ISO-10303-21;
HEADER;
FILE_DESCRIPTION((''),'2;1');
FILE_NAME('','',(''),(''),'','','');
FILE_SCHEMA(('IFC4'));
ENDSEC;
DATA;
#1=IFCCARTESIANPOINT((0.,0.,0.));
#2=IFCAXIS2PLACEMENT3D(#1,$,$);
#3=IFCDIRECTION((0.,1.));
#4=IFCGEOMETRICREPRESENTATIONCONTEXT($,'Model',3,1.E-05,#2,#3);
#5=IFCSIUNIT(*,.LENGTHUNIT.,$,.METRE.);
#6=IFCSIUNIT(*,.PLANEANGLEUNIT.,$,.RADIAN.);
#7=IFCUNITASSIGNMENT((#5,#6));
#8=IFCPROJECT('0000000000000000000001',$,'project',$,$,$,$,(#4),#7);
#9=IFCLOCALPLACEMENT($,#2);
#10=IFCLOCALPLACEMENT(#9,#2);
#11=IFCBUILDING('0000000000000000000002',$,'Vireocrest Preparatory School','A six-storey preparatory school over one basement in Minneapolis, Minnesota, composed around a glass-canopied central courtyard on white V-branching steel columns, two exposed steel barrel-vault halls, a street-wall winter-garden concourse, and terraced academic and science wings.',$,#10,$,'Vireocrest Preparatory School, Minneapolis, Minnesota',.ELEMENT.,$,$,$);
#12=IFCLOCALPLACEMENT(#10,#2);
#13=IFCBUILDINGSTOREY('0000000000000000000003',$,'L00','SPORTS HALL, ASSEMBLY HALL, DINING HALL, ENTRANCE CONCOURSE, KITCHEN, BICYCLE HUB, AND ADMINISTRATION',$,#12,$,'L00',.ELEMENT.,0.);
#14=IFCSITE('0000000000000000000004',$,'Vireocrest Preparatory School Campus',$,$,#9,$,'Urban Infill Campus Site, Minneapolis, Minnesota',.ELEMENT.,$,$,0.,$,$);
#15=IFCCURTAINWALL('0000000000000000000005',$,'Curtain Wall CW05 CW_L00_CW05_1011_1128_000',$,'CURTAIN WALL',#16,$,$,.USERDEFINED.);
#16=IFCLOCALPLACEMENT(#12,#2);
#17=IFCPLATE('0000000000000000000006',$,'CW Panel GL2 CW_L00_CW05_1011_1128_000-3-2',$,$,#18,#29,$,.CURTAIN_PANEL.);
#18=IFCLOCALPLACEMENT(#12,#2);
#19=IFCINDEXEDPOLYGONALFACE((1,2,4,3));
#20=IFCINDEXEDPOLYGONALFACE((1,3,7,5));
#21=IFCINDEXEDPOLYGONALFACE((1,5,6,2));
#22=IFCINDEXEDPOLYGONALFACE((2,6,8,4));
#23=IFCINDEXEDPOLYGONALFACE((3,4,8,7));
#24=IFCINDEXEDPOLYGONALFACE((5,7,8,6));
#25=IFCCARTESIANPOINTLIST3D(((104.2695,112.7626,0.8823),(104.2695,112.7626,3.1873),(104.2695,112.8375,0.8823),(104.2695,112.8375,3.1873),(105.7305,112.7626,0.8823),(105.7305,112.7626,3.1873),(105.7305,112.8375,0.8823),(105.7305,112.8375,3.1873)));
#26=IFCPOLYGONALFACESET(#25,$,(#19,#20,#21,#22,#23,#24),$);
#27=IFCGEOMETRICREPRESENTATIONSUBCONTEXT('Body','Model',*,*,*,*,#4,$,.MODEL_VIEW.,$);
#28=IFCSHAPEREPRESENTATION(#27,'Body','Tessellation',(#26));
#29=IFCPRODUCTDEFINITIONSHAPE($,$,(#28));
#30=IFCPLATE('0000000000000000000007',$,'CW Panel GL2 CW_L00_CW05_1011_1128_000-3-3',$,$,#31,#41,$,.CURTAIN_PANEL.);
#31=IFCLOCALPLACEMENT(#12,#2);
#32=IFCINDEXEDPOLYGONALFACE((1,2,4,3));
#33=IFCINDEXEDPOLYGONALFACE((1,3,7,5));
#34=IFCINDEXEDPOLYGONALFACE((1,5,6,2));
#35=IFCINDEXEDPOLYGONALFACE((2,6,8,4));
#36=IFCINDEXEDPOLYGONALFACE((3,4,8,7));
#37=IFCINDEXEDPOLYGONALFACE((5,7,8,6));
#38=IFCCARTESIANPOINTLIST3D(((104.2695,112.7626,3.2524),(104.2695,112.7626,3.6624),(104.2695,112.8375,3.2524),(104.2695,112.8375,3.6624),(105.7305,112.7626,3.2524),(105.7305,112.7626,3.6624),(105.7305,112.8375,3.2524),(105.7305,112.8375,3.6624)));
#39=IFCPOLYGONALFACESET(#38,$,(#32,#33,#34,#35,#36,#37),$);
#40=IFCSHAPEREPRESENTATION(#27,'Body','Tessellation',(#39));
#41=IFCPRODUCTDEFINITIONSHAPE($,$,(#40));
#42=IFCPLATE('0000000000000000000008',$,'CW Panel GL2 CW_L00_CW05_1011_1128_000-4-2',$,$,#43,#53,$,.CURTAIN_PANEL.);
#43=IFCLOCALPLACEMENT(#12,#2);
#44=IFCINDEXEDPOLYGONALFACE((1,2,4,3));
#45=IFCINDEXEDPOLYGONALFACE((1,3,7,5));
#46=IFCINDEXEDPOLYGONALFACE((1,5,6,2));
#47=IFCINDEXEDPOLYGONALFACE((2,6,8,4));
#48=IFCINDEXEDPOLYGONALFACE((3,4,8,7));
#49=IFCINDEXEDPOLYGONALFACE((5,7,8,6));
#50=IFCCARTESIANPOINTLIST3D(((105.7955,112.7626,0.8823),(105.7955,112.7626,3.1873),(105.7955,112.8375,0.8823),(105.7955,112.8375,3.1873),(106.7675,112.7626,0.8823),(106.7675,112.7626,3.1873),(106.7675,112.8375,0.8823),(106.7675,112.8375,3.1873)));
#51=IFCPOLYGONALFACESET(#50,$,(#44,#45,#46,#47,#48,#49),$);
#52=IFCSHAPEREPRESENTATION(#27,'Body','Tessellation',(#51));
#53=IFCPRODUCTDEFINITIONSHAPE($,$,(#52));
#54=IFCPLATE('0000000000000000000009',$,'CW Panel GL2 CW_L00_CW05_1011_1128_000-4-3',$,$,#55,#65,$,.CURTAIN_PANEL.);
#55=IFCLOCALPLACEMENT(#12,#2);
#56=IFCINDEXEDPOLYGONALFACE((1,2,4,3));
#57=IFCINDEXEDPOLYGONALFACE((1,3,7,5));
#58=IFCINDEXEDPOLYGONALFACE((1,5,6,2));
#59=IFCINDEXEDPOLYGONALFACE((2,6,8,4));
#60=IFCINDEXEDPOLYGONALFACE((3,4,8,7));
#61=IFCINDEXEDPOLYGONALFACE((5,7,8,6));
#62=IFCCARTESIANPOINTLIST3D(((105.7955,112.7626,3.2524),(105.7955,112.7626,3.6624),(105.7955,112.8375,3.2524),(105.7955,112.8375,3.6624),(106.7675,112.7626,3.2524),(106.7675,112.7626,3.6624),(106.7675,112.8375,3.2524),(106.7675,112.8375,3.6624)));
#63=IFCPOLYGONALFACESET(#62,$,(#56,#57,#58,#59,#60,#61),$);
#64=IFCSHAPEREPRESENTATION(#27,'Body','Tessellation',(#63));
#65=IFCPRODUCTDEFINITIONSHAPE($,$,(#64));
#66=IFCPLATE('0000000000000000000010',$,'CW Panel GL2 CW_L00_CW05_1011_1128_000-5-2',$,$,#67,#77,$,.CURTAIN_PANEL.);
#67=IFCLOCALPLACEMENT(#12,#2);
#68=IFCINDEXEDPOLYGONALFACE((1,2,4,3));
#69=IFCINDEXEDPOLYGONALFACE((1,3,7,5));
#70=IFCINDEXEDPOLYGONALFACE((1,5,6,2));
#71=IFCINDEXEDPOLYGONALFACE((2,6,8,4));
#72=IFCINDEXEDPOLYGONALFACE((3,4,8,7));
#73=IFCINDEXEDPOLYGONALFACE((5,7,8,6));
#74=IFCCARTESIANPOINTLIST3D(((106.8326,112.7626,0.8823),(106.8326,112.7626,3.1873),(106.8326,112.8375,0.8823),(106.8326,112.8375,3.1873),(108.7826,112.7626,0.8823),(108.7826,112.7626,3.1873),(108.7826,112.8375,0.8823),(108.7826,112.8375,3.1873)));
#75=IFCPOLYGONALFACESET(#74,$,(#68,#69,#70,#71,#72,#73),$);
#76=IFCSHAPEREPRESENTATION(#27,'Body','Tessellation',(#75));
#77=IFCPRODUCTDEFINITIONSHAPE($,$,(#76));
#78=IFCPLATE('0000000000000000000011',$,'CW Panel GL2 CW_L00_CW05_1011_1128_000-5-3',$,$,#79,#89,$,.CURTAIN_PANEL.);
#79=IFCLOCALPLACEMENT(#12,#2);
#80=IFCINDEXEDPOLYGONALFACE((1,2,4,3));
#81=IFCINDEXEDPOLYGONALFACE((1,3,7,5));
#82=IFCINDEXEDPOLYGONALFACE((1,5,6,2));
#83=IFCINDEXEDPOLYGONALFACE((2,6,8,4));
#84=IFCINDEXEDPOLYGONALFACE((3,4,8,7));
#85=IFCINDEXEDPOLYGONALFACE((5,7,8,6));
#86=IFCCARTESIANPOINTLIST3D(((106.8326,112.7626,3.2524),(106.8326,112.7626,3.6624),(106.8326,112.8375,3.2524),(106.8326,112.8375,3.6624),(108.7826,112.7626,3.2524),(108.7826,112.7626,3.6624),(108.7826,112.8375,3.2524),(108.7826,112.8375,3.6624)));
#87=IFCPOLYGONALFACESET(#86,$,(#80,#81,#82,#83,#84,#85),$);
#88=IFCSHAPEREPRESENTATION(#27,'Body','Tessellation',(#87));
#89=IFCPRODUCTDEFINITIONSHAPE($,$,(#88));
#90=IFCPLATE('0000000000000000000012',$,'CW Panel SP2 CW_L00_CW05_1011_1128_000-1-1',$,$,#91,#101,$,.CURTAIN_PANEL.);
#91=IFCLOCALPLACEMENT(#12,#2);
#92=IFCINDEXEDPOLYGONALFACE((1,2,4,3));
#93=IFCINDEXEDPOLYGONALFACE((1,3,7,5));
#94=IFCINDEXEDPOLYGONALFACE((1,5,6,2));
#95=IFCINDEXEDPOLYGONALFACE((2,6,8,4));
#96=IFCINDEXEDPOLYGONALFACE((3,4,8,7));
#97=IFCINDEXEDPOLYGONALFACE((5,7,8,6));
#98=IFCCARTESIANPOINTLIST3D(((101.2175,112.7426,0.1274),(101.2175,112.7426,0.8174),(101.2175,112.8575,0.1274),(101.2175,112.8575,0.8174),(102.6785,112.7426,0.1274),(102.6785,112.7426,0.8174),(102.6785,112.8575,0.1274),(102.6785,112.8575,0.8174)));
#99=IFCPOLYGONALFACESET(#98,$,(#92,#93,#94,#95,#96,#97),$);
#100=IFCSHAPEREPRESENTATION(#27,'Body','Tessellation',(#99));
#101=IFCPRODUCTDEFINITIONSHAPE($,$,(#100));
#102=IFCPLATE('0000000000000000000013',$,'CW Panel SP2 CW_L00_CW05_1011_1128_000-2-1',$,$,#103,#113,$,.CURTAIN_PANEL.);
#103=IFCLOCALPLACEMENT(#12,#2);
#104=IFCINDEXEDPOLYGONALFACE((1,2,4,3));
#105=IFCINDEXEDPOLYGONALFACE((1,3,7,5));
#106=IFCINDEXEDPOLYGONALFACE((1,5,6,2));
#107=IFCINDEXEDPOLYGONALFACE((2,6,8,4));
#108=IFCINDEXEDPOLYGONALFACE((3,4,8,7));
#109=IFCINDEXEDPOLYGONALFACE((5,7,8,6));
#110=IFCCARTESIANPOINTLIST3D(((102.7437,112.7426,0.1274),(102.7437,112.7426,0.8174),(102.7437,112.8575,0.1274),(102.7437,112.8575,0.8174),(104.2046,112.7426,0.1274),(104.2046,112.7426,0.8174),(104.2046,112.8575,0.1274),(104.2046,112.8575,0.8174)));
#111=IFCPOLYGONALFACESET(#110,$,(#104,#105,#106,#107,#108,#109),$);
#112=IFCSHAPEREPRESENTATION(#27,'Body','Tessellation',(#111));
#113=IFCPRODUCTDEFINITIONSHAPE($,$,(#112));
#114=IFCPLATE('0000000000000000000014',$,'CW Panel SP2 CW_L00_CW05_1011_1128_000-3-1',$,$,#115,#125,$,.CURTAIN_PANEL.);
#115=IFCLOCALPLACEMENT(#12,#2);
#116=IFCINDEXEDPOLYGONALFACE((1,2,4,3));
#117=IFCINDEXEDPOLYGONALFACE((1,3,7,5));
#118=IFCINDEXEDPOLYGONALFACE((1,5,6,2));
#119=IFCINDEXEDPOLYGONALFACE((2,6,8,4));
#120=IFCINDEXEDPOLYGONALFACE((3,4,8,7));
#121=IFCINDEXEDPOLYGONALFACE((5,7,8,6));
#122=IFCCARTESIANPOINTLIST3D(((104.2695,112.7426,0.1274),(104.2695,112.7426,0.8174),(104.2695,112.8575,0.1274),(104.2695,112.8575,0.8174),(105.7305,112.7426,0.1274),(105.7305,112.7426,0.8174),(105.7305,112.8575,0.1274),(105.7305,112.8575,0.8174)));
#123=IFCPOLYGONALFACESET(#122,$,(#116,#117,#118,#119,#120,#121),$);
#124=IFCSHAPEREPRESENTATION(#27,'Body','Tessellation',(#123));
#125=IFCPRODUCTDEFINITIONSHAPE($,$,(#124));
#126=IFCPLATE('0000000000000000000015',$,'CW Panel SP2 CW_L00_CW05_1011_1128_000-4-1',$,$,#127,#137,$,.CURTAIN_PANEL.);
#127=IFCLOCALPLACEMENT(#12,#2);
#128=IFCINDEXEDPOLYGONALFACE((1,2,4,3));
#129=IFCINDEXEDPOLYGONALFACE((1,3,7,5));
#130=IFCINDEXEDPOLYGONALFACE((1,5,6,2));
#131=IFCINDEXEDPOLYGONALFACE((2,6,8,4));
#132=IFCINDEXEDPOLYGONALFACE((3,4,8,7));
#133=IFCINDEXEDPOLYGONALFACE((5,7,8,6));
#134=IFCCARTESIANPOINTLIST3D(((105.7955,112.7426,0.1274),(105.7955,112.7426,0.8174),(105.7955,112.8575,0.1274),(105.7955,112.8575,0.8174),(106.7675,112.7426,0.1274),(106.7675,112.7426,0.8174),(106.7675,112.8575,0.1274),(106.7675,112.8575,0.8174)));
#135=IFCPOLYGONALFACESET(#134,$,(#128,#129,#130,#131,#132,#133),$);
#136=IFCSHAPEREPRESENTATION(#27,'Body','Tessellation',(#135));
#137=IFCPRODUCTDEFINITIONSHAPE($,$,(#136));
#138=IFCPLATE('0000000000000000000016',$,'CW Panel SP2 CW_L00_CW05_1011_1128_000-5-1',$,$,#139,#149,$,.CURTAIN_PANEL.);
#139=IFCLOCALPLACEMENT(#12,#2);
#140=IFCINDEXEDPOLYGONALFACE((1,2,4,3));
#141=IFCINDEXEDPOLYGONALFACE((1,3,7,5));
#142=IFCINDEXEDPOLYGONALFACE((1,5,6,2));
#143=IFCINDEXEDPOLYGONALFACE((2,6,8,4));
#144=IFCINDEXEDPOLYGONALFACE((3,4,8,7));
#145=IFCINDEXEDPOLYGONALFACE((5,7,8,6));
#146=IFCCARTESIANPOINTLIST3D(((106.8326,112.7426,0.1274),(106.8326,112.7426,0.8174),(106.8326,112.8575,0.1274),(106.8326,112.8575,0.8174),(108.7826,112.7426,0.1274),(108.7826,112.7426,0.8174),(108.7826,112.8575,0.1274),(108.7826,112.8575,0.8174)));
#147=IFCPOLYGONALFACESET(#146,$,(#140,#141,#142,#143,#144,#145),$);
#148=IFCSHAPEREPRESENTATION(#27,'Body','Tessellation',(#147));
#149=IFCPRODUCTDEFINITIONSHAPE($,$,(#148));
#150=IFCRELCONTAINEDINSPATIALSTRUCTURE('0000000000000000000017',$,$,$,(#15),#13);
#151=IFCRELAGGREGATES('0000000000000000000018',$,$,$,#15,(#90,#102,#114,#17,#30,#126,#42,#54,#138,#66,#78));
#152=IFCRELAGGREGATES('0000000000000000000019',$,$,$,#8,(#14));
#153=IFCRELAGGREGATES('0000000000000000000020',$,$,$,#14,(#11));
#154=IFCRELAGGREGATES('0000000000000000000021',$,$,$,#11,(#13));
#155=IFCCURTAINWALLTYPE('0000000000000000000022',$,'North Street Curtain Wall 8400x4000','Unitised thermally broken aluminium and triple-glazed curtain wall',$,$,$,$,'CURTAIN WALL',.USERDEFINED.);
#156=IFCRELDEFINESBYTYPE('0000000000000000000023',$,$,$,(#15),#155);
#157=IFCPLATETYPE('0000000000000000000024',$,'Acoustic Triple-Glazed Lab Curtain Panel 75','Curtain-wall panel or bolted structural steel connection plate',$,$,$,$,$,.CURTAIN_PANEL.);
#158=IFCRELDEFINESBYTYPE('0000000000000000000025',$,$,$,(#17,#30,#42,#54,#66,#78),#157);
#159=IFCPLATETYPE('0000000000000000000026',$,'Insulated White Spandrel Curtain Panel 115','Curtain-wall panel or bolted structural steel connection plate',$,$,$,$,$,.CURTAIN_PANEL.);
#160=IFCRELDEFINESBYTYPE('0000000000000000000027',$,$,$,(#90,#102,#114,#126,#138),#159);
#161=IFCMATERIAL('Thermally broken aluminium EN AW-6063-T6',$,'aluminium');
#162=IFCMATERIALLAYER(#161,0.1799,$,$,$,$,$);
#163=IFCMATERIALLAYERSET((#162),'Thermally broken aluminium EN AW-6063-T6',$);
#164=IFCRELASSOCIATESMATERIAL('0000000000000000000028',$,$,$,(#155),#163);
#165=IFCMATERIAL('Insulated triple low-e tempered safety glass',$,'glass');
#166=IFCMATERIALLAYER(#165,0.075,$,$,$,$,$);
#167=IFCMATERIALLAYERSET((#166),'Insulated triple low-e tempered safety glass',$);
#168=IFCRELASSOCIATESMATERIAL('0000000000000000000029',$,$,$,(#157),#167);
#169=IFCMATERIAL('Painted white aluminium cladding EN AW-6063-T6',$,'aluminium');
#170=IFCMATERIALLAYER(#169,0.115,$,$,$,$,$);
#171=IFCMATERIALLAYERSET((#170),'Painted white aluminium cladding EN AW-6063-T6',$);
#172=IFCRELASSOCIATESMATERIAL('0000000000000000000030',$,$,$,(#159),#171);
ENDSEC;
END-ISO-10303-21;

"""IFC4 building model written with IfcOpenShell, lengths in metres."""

from ifc_helpers import new_model, si_unit, direction, frame, origin, origin_2d, place, context, subcontext, project, spatial, rectangle, extrude, material, layer, layer_set, type_object, element, aggregate, save


model = new_model("IFC4")

# Units and contexts
model_context = context("Model", 3, precision=1e-05, world=origin(), true_north=direction((0.0, 1.0)))
body_context = subcontext(model_context, "Body", "Model", "MODEL_VIEW")
ifc_project = project(units=[si_unit("LENGTHUNIT", "METRE"), si_unit("PLANEANGLEUNIT", "RADIAN")], contexts=[model_context])

# Site, building, storey
site_placement = place(None, origin())
site = spatial("IfcSite", under=ifc_project, at=site_placement, Name="Vireocrest Preparatory School Campus", LongName="Urban Infill Campus Site, Minneapolis, Minnesota", CompositionType="ELEMENT", RefElevation=0.0)
building_placement = place(site_placement, origin())
building = spatial("IfcBuilding", under=site, at=building_placement, Name="Vireocrest Preparatory School", Description="A six-storey preparatory school over one basement in Minneapolis, Minnesota, composed around a glass-canopied central courtyard on white V-branching steel columns, two exposed steel barrel-vault halls, a street-wall winter-garden concourse, and terraced academic and science wings.", LongName="Vireocrest Preparatory School, Minneapolis, Minnesota", CompositionType="ELEMENT")
storey_placement = place(building_placement, origin())
storey = spatial("IfcBuildingStorey", under=building, at=storey_placement, Name="L00", Description="SPORTS HALL, ASSEMBLY HALL, DINING HALL, ENTRANCE CONCOURSE, KITCHEN, BICYCLE HUB, AND ADMINISTRATION", LongName="L00", CompositionType="ELEMENT", Elevation=0.0)

# Curtain wall
ifc_material_1 = material(Name="Thermally broken aluminium EN AW-6063-T6", Category="aluminium")
ifc_layer_1 = layer(ifc_material_1, 0.1799)
ifc_layer_set_1 = layer_set([ifc_layer_1], Name="Thermally broken aluminium EN AW-6063-T6")
curtain_wall_type = type_object("IfcCurtainWallType", Name="North Street Curtain Wall 8400x4000", Description="Unitised thermally broken aluminium and triple-glazed curtain wall", ElementType="CURTAIN WALL", PredefinedType="USERDEFINED", material=ifc_layer_set_1)
curtain_wall_placement = place(storey_placement, origin())
curtain_wall = element("IfcCurtainWall", 1, at=curtain_wall_placement, inside=storey, type_object=curtain_wall_type, Name="Curtain Wall CW05 CW_L00_CW05_1011_1128_000", ObjectType="CURTAIN WALL", PredefinedType="USERDEFINED")

# Plates
ifc_material_2 = material(Name="Insulated triple low-e tempered safety glass", Category="glass")
ifc_layer_2 = layer(ifc_material_2, 0.075)
ifc_layer_set_2 = layer_set([ifc_layer_2], Name="Insulated triple low-e tempered safety glass")
plate_type_1 = type_object("IfcPlateType", Name="Acoustic Triple-Glazed Lab Curtain Panel 75", Description="Curtain-wall panel or bolted structural steel connection plate", PredefinedType="CURTAIN_PANEL", material=ifc_layer_set_2)
plate_1_placement = place(storey_placement, frame((105.0, 112.8, 0.8823), z_axis=(0.0, 0.0, 1.0), x_axis=(1.0, 0.0, 0.0)))
plate_1 = element("IfcPlate", 2, at=plate_1_placement, type_object=plate_type_1, Name="CW Panel GL2 CW_L00_CW05_1011_1128_000-3-2", PredefinedType="CURTAIN_PANEL", context=body_context, shape_type="SweptSolid", body=[
    extrude(rectangle(XDim=1.4609, YDim=0.075, at=origin_2d()), origin(), (0.0, 0.0, 1.0), 2.3049),
])
plate_2_placement = place(storey_placement, frame((105.0, 112.8, 3.2524), z_axis=(0.0, 0.0, 1.0), x_axis=(1.0, 0.0, 0.0)))
plate_2 = element("IfcPlate", 3, at=plate_2_placement, type_object=plate_type_1, Name="CW Panel GL2 CW_L00_CW05_1011_1128_000-3-3", PredefinedType="CURTAIN_PANEL", context=body_context, shape_type="SweptSolid", body=[
    extrude(rectangle(XDim=1.4609, YDim=0.075, at=origin_2d()), origin(), (0.0, 0.0, 1.0), 0.4099),
])
plate_3_placement = place(storey_placement, frame((106.2815, 112.8, 0.8823), z_axis=(0.0, 0.0, 1.0), x_axis=(1.0, 0.0, 0.0)))
plate_3 = element("IfcPlate", 4, at=plate_3_placement, type_object=plate_type_1, Name="CW Panel GL2 CW_L00_CW05_1011_1128_000-4-2", PredefinedType="CURTAIN_PANEL", context=body_context, shape_type="SweptSolid", body=[
    extrude(rectangle(XDim=0.9719, YDim=0.075, at=origin_2d()), origin(), (0.0, 0.0, 1.0), 2.3049),
])
plate_4_placement = place(storey_placement, frame((106.2815, 112.8, 3.2524), z_axis=(0.0, 0.0, 1.0), x_axis=(1.0, 0.0, 0.0)))
plate_4 = element("IfcPlate", 5, at=plate_4_placement, type_object=plate_type_1, Name="CW Panel GL2 CW_L00_CW05_1011_1128_000-4-3", PredefinedType="CURTAIN_PANEL", context=body_context, shape_type="SweptSolid", body=[
    extrude(rectangle(XDim=0.9719, YDim=0.075, at=origin_2d()), origin(), (0.0, 0.0, 1.0), 0.4099),
])
plate_5_placement = place(storey_placement, frame((107.8076, 112.8, 0.8823), z_axis=(0.0, 0.0, 1.0), x_axis=(1.0, 0.0, 0.0)))
plate_5 = element("IfcPlate", 6, at=plate_5_placement, type_object=plate_type_1, Name="CW Panel GL2 CW_L00_CW05_1011_1128_000-5-2", PredefinedType="CURTAIN_PANEL", context=body_context, shape_type="SweptSolid", body=[
    extrude(rectangle(XDim=1.95, YDim=0.075, at=origin_2d()), origin(), (0.0, 0.0, 1.0), 2.3049),
])
plate_6_placement = place(storey_placement, frame((107.8076, 112.8, 3.2524), z_axis=(0.0, 0.0, 1.0), x_axis=(1.0, 0.0, 0.0)))
plate_6 = element("IfcPlate", 7, at=plate_6_placement, type_object=plate_type_1, Name="CW Panel GL2 CW_L00_CW05_1011_1128_000-5-3", PredefinedType="CURTAIN_PANEL", context=body_context, shape_type="SweptSolid", body=[
    extrude(rectangle(XDim=1.95, YDim=0.075, at=origin_2d()), origin(), (0.0, 0.0, 1.0), 0.4099),
])
ifc_material_3 = material(Name="Painted white aluminium cladding EN AW-6063-T6", Category="aluminium")
ifc_layer_3 = layer(ifc_material_3, 0.115)
ifc_layer_set_3 = layer_set([ifc_layer_3], Name="Painted white aluminium cladding EN AW-6063-T6")
plate_type_2 = type_object("IfcPlateType", Name="Insulated White Spandrel Curtain Panel 115", Description="Curtain-wall panel or bolted structural steel connection plate", PredefinedType="CURTAIN_PANEL", material=ifc_layer_set_3)
plate_7_placement = place(storey_placement, frame((101.948, 112.8, 0.1274), z_axis=(0.0, 0.0, 1.0), x_axis=(1.0, 0.0, 0.0)))
plate_7 = element("IfcPlate", 8, at=plate_7_placement, type_object=plate_type_2, Name="CW Panel SP2 CW_L00_CW05_1011_1128_000-1-1", PredefinedType="CURTAIN_PANEL", context=body_context, shape_type="SweptSolid", body=[
    extrude(rectangle(XDim=1.4609, YDim=0.115, at=origin_2d()), origin(), (0.0, 0.0, 1.0), 0.6899),
])
plate_8_placement = place(storey_placement, frame((103.4741, 112.8, 0.1274), z_axis=(0.0, 0.0, 1.0), x_axis=(1.0, 0.0, 0.0)))
plate_8 = element("IfcPlate", 9, at=plate_8_placement, type_object=plate_type_2, Name="CW Panel SP2 CW_L00_CW05_1011_1128_000-2-1", PredefinedType="CURTAIN_PANEL", context=body_context, shape_type="SweptSolid", body=[
    extrude(rectangle(XDim=1.4609, YDim=0.115, at=origin_2d()), origin(), (0.0, 0.0, 1.0), 0.6899),
])
plate_9_placement = place(storey_placement, frame((105.0, 112.8, 0.1274), z_axis=(0.0, 0.0, 1.0), x_axis=(1.0, 0.0, 0.0)))
plate_9 = element("IfcPlate", 10, at=plate_9_placement, type_object=plate_type_2, Name="CW Panel SP2 CW_L00_CW05_1011_1128_000-3-1", PredefinedType="CURTAIN_PANEL", context=body_context, shape_type="SweptSolid", body=[
    extrude(rectangle(XDim=1.4609, YDim=0.115, at=origin_2d()), origin(), (0.0, 0.0, 1.0), 0.6899),
])
plate_10_placement = place(storey_placement, frame((106.2815, 112.8, 0.1274), z_axis=(0.0, 0.0, 1.0), x_axis=(1.0, 0.0, 0.0)))
plate_10 = element("IfcPlate", 11, at=plate_10_placement, type_object=plate_type_2, Name="CW Panel SP2 CW_L00_CW05_1011_1128_000-4-1", PredefinedType="CURTAIN_PANEL", context=body_context, shape_type="SweptSolid", body=[
    extrude(rectangle(XDim=0.9719, YDim=0.115, at=origin_2d()), origin(), (0.0, 0.0, 1.0), 0.6899),
])
plate_11_placement = place(storey_placement, frame((107.8076, 112.8, 0.1274), z_axis=(0.0, 0.0, 1.0), x_axis=(1.0, 0.0, 0.0)))
plate_11 = element("IfcPlate", 12, at=plate_11_placement, type_object=plate_type_2, Name="CW Panel SP2 CW_L00_CW05_1011_1128_000-5-1", PredefinedType="CURTAIN_PANEL", context=body_context, shape_type="SweptSolid", body=[
    extrude(rectangle(XDim=1.95, YDim=0.115, at=origin_2d()), origin(), (0.0, 0.0, 1.0), 0.6899),
])
aggregate(curtain_wall, [plate_7, plate_8, plate_9, plate_1, plate_2, plate_10, plate_3, plate_4, plate_11, plate_5, plate_6])

save(model, "model.ifc")
